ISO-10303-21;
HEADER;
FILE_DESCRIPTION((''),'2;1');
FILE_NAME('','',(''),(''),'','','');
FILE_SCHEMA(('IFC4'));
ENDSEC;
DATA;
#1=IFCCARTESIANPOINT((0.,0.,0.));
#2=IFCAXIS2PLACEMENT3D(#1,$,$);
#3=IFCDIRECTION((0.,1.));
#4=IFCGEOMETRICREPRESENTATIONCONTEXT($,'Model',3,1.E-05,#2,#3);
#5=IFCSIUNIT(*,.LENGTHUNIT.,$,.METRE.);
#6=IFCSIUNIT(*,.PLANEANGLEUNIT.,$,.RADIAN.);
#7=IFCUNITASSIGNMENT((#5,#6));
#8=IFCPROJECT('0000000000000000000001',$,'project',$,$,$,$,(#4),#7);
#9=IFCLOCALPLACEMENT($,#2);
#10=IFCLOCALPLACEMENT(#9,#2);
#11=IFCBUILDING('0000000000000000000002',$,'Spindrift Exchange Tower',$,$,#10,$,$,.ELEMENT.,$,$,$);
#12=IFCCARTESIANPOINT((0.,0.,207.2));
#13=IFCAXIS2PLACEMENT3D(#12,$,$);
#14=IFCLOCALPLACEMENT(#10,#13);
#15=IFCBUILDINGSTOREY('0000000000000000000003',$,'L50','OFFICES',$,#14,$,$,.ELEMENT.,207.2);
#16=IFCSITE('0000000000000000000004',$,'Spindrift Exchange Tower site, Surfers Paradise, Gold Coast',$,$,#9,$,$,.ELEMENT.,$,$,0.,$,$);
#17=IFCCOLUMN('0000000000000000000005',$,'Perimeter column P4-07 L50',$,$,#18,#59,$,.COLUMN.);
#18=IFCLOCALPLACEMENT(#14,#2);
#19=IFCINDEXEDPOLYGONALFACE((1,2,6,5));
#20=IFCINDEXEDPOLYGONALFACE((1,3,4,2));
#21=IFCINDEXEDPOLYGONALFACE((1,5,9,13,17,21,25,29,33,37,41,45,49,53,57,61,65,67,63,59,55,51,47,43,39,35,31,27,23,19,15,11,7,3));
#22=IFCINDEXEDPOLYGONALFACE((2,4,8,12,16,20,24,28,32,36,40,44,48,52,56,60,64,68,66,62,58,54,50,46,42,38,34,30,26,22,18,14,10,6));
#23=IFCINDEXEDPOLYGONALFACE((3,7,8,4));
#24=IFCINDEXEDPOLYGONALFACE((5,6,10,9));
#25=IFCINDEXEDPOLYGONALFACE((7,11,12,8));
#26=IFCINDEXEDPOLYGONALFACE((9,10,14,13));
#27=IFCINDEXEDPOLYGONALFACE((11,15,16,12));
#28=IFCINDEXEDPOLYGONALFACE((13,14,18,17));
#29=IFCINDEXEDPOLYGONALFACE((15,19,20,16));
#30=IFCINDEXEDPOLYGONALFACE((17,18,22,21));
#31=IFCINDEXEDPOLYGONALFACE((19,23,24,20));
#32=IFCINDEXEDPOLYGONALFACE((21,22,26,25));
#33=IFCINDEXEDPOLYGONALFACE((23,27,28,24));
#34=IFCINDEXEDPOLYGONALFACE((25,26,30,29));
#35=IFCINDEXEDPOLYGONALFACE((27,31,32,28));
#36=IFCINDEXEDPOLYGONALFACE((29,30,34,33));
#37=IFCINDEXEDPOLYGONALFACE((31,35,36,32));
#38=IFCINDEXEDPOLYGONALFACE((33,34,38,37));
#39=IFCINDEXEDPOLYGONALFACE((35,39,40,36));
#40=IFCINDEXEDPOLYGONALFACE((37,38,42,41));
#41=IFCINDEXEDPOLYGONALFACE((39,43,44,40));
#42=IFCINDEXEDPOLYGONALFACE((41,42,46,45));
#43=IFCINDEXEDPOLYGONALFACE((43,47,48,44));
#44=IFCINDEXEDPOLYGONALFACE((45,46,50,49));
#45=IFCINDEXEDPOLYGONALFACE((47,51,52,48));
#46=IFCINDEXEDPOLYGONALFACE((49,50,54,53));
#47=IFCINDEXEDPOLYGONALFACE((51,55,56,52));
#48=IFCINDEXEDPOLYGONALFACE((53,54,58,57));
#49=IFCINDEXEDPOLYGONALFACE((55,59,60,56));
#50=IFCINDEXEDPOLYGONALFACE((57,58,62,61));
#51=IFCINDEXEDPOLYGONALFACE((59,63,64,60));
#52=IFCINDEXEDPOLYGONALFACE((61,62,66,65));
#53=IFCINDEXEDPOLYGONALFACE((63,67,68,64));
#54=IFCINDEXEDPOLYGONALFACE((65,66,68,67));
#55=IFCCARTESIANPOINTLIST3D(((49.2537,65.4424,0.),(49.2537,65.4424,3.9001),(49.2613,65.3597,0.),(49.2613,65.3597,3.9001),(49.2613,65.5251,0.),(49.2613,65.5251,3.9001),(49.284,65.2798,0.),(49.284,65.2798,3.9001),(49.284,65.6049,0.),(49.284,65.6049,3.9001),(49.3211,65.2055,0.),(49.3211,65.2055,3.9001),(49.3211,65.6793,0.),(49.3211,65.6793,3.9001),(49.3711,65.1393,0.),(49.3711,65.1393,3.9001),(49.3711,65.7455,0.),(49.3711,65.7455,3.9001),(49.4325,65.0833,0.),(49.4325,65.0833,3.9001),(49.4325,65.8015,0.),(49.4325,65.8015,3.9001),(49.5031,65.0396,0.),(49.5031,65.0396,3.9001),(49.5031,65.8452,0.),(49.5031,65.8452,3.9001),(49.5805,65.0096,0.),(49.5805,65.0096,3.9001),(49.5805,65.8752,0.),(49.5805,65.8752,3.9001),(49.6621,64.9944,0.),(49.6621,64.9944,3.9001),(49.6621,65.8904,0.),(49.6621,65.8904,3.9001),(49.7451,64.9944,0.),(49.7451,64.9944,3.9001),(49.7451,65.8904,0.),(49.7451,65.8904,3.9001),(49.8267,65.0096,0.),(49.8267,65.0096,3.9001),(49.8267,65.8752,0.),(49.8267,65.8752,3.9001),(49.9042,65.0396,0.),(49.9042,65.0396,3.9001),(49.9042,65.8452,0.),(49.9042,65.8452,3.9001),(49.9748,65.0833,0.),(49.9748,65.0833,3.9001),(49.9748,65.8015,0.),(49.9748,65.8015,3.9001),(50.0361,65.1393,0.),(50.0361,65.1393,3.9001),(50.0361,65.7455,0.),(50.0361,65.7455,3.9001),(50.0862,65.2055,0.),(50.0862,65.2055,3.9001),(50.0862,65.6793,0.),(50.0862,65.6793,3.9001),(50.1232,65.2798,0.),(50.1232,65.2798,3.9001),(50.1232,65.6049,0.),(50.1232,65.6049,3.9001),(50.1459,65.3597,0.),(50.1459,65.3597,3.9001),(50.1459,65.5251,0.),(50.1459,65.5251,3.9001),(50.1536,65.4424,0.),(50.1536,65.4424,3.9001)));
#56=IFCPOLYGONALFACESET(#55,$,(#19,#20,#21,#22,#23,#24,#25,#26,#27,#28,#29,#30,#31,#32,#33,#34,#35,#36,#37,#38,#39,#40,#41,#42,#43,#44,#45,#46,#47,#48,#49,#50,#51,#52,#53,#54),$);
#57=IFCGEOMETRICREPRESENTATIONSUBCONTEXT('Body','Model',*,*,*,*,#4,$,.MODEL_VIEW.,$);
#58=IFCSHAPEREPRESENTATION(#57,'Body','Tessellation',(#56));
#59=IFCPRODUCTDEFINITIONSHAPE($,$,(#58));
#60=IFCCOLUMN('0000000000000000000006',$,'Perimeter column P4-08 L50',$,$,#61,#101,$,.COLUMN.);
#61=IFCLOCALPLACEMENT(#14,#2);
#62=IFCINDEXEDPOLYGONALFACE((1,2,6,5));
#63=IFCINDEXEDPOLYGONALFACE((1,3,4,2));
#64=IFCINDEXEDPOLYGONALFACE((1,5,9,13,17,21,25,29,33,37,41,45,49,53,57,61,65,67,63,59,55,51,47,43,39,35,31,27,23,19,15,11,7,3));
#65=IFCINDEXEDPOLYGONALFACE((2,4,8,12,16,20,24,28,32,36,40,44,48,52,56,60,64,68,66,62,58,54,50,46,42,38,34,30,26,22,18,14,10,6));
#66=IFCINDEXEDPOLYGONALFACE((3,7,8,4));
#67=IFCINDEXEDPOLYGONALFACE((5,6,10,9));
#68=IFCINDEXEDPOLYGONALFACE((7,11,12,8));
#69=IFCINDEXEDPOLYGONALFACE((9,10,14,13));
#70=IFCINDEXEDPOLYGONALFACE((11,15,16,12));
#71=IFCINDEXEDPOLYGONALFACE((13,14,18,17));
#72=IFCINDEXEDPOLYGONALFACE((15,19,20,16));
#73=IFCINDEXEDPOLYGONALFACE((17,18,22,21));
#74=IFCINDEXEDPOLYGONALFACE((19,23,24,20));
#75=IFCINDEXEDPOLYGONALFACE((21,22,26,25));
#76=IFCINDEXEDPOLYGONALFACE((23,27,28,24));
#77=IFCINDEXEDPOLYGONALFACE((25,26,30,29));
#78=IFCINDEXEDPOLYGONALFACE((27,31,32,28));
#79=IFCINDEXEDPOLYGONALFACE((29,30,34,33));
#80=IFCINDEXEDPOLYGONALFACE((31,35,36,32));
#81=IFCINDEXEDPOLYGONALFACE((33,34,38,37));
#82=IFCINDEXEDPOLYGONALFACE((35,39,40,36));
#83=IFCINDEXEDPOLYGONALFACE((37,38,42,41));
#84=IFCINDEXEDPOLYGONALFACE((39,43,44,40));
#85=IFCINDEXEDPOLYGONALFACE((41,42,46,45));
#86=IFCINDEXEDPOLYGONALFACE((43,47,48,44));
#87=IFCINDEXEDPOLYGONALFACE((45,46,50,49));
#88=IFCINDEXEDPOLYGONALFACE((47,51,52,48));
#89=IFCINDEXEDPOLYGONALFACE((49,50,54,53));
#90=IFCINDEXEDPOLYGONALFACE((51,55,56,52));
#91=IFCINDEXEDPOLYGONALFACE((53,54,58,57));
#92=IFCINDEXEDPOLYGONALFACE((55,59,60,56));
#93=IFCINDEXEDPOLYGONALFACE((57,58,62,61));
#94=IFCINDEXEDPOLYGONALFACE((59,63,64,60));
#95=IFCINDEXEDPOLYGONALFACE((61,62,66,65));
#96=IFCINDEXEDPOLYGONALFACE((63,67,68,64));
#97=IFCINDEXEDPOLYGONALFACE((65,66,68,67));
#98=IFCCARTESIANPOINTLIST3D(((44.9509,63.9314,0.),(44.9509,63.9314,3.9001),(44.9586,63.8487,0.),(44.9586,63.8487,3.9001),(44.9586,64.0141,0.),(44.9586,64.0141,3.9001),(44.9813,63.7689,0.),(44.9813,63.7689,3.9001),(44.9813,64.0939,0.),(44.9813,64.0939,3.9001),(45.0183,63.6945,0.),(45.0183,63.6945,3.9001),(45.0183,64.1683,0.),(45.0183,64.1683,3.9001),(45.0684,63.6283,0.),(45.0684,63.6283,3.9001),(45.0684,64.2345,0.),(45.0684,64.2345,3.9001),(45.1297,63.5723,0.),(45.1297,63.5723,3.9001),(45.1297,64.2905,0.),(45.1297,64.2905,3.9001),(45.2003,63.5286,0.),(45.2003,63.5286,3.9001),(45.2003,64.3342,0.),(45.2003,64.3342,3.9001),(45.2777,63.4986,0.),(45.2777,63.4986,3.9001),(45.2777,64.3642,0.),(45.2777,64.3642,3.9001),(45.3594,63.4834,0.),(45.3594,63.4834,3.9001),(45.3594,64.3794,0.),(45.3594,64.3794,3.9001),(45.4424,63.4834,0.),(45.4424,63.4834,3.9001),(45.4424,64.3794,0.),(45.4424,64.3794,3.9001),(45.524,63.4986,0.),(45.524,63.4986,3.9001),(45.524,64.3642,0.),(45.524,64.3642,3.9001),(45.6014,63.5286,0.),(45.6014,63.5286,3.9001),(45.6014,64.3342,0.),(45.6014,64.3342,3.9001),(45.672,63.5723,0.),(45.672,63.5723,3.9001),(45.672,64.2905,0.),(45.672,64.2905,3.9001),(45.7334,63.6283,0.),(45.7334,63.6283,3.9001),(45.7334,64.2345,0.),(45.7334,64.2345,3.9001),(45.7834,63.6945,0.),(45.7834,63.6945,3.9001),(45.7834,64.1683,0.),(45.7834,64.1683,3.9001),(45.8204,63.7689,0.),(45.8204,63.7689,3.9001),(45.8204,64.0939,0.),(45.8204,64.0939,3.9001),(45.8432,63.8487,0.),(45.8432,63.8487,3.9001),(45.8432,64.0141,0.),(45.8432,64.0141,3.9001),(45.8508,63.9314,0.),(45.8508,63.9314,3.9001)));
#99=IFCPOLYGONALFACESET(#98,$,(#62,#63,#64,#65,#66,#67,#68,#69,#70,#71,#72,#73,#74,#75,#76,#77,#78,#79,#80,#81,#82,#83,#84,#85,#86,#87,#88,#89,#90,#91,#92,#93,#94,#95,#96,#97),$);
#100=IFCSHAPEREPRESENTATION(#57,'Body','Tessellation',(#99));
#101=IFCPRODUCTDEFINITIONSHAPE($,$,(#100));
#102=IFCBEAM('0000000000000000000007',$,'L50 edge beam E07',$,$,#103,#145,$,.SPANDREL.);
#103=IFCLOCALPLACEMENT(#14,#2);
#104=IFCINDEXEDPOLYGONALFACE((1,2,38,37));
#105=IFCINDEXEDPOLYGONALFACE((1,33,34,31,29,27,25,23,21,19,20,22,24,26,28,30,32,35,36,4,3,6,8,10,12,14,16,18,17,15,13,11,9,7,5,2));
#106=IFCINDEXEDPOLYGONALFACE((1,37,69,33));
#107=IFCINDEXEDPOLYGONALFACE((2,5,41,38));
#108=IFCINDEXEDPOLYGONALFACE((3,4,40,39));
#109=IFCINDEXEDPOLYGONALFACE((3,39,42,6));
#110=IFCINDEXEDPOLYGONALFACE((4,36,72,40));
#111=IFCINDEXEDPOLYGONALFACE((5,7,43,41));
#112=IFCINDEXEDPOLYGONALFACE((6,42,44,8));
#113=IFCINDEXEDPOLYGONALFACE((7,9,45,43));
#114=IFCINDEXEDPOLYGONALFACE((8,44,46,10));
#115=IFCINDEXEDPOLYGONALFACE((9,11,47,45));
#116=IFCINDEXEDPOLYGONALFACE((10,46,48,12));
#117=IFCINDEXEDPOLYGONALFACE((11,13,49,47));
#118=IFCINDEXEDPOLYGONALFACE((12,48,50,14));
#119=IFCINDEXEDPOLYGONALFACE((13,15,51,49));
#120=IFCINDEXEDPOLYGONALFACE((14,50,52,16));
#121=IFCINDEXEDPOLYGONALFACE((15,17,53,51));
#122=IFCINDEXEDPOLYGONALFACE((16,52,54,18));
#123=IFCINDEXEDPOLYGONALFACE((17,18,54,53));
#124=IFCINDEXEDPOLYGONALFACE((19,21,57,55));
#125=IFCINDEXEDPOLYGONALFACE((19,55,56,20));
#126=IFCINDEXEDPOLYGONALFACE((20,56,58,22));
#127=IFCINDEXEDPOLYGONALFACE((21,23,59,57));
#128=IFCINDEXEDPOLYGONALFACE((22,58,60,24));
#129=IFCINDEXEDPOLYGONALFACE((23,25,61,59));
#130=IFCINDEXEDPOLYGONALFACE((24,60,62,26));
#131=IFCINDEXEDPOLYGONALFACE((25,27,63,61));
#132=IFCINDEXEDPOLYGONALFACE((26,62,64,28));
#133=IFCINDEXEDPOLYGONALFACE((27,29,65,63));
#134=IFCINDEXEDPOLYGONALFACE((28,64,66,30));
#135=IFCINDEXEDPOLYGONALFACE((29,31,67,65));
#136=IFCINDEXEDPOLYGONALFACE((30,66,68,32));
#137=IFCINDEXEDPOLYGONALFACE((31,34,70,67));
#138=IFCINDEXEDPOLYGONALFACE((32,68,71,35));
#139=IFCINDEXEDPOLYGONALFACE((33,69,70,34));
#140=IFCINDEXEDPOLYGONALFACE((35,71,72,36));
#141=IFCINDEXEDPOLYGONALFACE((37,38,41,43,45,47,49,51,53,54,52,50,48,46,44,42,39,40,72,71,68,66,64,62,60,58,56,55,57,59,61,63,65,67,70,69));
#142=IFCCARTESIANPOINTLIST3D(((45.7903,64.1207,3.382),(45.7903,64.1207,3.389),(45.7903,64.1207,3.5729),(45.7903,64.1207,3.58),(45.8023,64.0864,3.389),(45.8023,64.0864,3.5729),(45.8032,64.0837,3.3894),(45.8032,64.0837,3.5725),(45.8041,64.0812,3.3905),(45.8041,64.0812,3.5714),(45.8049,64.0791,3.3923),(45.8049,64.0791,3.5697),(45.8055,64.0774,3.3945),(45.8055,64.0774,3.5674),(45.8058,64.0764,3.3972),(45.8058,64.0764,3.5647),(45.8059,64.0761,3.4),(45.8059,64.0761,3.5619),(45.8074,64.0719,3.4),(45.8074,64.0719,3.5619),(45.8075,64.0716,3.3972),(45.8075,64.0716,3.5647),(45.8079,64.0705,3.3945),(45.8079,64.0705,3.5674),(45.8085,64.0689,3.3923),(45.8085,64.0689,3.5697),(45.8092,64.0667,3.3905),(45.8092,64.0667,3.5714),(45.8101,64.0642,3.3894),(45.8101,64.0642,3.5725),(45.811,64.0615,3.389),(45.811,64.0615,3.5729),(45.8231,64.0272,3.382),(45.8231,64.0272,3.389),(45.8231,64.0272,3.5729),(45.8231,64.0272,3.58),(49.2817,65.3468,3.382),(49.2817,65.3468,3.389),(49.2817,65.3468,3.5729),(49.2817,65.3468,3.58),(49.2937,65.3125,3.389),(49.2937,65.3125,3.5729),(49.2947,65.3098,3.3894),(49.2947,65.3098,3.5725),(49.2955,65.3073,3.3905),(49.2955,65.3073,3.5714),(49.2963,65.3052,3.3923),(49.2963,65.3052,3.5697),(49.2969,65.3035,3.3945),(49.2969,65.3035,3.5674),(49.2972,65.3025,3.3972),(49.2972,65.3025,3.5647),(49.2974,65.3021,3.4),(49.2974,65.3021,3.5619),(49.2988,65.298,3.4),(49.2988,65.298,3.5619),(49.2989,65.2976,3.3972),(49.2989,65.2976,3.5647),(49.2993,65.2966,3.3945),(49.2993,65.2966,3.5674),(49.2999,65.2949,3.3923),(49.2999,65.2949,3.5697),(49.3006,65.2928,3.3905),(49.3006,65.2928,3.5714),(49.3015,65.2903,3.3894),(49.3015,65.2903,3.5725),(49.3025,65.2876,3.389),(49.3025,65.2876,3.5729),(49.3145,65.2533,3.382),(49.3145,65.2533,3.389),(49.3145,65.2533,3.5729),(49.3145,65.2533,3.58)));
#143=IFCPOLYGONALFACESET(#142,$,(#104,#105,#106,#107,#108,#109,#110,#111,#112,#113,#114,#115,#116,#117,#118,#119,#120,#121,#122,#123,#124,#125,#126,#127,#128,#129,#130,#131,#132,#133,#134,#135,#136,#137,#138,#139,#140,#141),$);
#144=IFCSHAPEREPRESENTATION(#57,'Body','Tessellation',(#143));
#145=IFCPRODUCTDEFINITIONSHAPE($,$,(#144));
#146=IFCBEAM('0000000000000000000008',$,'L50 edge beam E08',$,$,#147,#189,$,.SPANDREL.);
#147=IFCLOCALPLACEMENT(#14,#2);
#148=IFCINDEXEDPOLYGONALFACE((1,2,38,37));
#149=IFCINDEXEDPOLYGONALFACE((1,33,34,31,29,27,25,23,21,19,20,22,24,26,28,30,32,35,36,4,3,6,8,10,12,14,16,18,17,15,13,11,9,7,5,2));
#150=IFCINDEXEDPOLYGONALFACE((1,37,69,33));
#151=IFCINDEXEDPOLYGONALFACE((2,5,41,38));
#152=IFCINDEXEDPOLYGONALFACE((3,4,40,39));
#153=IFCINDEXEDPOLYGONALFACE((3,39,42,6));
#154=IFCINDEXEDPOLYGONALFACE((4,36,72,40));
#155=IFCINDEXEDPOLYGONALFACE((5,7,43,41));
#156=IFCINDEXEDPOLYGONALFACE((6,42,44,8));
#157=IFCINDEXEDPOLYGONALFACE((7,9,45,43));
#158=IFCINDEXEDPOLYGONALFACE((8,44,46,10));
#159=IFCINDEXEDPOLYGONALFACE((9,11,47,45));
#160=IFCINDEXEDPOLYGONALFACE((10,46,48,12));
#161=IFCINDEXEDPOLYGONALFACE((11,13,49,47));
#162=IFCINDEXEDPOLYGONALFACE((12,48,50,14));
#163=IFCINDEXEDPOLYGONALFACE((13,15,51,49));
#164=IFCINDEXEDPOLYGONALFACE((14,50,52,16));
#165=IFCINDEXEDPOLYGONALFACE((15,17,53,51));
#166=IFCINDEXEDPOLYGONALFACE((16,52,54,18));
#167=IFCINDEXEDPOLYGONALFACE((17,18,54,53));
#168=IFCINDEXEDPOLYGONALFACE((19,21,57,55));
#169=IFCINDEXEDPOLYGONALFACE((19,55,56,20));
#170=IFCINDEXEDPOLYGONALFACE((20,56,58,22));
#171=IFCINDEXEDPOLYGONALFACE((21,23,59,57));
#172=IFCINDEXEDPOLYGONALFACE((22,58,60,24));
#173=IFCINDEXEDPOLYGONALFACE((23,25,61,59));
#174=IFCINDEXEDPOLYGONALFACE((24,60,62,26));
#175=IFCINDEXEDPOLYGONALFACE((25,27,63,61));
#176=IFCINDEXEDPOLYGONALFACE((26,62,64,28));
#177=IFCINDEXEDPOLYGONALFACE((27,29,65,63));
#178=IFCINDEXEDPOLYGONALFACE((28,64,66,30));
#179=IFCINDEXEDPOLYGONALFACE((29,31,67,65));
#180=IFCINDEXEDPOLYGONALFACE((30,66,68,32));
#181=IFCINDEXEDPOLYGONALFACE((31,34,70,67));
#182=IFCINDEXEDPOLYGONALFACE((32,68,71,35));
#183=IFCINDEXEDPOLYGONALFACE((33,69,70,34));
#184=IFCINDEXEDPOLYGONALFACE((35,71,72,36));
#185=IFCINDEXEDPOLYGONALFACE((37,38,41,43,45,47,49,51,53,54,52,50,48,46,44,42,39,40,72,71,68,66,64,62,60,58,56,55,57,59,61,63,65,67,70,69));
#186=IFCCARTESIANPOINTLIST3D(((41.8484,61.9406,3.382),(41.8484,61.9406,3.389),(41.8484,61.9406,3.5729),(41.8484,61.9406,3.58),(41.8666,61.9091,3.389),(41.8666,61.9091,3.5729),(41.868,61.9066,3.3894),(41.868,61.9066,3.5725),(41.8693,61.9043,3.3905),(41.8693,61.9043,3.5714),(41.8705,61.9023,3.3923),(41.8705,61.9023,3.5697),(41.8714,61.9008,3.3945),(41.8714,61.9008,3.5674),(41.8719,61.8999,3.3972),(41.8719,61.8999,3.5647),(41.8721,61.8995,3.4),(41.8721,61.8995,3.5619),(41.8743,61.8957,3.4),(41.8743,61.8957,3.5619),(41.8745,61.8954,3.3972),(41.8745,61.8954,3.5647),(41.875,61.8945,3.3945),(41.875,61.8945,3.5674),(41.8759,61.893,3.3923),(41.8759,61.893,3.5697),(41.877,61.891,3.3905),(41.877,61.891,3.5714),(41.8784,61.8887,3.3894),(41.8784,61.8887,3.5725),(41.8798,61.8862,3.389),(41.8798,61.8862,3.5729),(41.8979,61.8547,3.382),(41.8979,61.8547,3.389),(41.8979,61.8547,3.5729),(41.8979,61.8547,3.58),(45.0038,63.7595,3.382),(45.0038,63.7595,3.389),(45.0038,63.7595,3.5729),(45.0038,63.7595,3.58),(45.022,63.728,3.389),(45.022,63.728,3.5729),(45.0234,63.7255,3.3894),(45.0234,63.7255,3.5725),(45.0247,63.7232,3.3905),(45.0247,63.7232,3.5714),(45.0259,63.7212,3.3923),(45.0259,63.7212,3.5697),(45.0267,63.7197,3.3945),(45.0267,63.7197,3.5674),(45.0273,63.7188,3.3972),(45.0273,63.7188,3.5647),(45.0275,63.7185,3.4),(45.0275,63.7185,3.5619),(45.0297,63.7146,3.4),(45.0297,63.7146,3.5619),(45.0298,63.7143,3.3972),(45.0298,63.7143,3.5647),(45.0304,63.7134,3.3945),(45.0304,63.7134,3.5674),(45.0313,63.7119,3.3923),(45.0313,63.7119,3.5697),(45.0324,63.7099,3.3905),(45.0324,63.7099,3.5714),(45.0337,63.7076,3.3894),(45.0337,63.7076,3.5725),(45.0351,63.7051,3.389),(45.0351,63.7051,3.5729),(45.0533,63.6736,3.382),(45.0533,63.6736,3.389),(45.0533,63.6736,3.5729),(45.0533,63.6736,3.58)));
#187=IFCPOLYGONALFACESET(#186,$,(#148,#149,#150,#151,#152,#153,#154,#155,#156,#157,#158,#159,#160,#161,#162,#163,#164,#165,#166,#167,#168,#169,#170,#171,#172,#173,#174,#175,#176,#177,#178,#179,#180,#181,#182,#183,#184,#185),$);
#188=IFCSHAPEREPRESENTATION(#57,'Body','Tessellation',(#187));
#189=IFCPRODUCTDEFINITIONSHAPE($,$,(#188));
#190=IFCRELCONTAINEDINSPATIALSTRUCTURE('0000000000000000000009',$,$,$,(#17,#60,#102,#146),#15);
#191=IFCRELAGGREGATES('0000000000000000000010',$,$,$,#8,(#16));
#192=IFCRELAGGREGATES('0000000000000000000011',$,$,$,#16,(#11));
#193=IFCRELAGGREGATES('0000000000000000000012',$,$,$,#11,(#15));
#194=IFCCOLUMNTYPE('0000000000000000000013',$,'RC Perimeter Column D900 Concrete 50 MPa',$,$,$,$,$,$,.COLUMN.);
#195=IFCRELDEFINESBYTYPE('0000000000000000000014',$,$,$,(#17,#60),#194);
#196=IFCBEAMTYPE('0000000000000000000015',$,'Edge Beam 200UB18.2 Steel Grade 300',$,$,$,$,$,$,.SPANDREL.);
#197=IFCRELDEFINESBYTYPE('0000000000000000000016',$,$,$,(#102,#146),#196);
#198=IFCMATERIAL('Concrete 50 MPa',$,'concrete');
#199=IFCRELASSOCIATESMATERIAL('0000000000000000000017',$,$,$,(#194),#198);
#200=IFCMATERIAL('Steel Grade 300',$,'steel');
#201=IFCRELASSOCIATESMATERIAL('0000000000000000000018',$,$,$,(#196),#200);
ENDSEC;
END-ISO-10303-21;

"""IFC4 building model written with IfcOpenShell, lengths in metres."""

from ifc_helpers import new_model, si_unit, direction, frame, origin, origin_2d, place, context, subcontext, project, spatial, circle, i_section, extrude, source, transform, mapped, material, material_profile, profile_set, type_object, element, save


model = new_model("IFC4")

# Units and contexts
model_context = context("Model", 3, precision=1e-05, world=origin(), true_north=direction((0.0, 1.0)))
body_context = subcontext(model_context, "Body", "Model", "MODEL_VIEW")
ifc_project = project(units=[si_unit("LENGTHUNIT", "METRE"), si_unit("PLANEANGLEUNIT", "RADIAN")], contexts=[model_context])

# Site, building, storey
site_placement = place(None, origin())
site = spatial("IfcSite", under=ifc_project, at=site_placement, Name="Spindrift Exchange Tower site, Surfers Paradise, Gold Coast", CompositionType="ELEMENT", RefElevation=0.0)
building_placement = place(site_placement, origin())
building = spatial("IfcBuilding", under=site, at=building_placement, Name="Spindrift Exchange Tower", CompositionType="ELEMENT")
storey_placement = place(building_placement, frame((0.0, 0.0, 207.2)))
storey = spatial("IfcBuildingStorey", under=building, at=storey_placement, Name="L50", Description="OFFICES", CompositionType="ELEMENT", Elevation=207.2)

# Columns
ifc_material_1 = material(Name="Concrete 50 MPa", Category="concrete")
ifc_material_profile_1 = material_profile(ifc_material_1, circle(Radius=0.45, at=origin_2d()), Name="RC D900")
ifc_profile_set_1 = profile_set([ifc_material_profile_1], Name="Concrete 50 MPa")
column_type = type_object("IfcColumnType", Name="RC Perimeter Column D900 Concrete 50 MPa", PredefinedType="COLUMN", material=ifc_profile_set_1)
shared_shape_1 = source(origin(), body_context, "Body", "SweptSolid", [
    extrude(circle(Radius=0.45, at=origin_2d()), origin(), (0.0, 0.0, 1.0), 3.9001),
])
for number, where, z_axis, x_axis, name in (
    (1, (49.7036, 65.4424, 0.0), (0.0, 0.0, 1.0), (1.0, 0.0, 0.0), "Perimeter column P4-07 L50"),
    (2, (45.4009, 63.9314, 0.0), (0.0, 0.0, 1.0), (1.0, 0.0, 0.0), "Perimeter column P4-08 L50"),
):
    element("IfcColumn", number, at=place(storey_placement, frame(where, z_axis=z_axis, x_axis=x_axis)), inside=storey, type_object=column_type, Name=name, PredefinedType="COLUMN", context=body_context, shape_type="MappedRepresentation", body=[
        mapped(shared_shape_1, transform((0.0, 0.0, 0.0), scale=1.0)),
    ])

# Beams
ifc_material_2 = material(Name="Steel Grade 300", Category="steel")
ifc_material_profile_2 = material_profile(ifc_material_2, i_section(OverallWidth=0.0991, OverallDepth=0.198, WebThickness=0.0044, FlangeThickness=0.0071, FilletRadius=0.011, at=origin_2d()), Name="200UB18.2")
ifc_profile_set_2 = profile_set([ifc_material_profile_2], Name="Steel Grade 300")
beam_type_1 = type_object("IfcBeamType", Name="Edge Beam 200UB18.2 Steel Grade 300", PredefinedType="SPANDREL", material=ifc_profile_set_2)
shared_shape_2 = source(origin(), body_context, "Body", "SweptSolid", [
    extrude(i_section(OverallWidth=0.0991, OverallDepth=0.198, WebThickness=0.0044, FlangeThickness=0.0071, FilletRadius=0.011, at=origin_2d()), origin(), (0.0, 0.0, 1.0), 3.7004),
])
beam_1_placement = place(storey_placement, frame((49.2981, 65.3, 3.481), z_axis=(-0.943515, -0.331329, 0.0), x_axis=(0.331329, -0.943515, 0.0)))
element("IfcBeam", 3, at=beam_1_placement, inside=storey, type_object=beam_type_1, Name="L50 edge beam E07", PredefinedType="SPANDREL", context=body_context, shape_type="MappedRepresentation", body=[
    mapped(shared_shape_2, transform((0.0, 0.0, 0.0), scale=1.0)),
])
shared_shape_3 = source(origin(), body_context, "Body", "SweptSolid", [
    extrude(i_section(OverallWidth=0.0991, OverallDepth=0.198, WebThickness=0.0044, FlangeThickness=0.0071, FilletRadius=0.011, at=origin_2d()), origin(), (0.0, 0.0, 1.0), 3.6421),
])
beam_2_placement = place(storey_placement, frame((45.0286, 63.7166, 3.481), z_axis=(-0.866364, -0.499413, 0.0), x_axis=(0.499413, -0.866364, 0.0)))
element("IfcBeam", 4, at=beam_2_placement, inside=storey, type_object=beam_type_1, Name="L50 edge beam E08", PredefinedType="SPANDREL", context=body_context, shape_type="MappedRepresentation", body=[
    mapped(shared_shape_3, transform((0.0, 0.0, 0.0), scale=1.0)),
])

save(model, "model.ifc")
